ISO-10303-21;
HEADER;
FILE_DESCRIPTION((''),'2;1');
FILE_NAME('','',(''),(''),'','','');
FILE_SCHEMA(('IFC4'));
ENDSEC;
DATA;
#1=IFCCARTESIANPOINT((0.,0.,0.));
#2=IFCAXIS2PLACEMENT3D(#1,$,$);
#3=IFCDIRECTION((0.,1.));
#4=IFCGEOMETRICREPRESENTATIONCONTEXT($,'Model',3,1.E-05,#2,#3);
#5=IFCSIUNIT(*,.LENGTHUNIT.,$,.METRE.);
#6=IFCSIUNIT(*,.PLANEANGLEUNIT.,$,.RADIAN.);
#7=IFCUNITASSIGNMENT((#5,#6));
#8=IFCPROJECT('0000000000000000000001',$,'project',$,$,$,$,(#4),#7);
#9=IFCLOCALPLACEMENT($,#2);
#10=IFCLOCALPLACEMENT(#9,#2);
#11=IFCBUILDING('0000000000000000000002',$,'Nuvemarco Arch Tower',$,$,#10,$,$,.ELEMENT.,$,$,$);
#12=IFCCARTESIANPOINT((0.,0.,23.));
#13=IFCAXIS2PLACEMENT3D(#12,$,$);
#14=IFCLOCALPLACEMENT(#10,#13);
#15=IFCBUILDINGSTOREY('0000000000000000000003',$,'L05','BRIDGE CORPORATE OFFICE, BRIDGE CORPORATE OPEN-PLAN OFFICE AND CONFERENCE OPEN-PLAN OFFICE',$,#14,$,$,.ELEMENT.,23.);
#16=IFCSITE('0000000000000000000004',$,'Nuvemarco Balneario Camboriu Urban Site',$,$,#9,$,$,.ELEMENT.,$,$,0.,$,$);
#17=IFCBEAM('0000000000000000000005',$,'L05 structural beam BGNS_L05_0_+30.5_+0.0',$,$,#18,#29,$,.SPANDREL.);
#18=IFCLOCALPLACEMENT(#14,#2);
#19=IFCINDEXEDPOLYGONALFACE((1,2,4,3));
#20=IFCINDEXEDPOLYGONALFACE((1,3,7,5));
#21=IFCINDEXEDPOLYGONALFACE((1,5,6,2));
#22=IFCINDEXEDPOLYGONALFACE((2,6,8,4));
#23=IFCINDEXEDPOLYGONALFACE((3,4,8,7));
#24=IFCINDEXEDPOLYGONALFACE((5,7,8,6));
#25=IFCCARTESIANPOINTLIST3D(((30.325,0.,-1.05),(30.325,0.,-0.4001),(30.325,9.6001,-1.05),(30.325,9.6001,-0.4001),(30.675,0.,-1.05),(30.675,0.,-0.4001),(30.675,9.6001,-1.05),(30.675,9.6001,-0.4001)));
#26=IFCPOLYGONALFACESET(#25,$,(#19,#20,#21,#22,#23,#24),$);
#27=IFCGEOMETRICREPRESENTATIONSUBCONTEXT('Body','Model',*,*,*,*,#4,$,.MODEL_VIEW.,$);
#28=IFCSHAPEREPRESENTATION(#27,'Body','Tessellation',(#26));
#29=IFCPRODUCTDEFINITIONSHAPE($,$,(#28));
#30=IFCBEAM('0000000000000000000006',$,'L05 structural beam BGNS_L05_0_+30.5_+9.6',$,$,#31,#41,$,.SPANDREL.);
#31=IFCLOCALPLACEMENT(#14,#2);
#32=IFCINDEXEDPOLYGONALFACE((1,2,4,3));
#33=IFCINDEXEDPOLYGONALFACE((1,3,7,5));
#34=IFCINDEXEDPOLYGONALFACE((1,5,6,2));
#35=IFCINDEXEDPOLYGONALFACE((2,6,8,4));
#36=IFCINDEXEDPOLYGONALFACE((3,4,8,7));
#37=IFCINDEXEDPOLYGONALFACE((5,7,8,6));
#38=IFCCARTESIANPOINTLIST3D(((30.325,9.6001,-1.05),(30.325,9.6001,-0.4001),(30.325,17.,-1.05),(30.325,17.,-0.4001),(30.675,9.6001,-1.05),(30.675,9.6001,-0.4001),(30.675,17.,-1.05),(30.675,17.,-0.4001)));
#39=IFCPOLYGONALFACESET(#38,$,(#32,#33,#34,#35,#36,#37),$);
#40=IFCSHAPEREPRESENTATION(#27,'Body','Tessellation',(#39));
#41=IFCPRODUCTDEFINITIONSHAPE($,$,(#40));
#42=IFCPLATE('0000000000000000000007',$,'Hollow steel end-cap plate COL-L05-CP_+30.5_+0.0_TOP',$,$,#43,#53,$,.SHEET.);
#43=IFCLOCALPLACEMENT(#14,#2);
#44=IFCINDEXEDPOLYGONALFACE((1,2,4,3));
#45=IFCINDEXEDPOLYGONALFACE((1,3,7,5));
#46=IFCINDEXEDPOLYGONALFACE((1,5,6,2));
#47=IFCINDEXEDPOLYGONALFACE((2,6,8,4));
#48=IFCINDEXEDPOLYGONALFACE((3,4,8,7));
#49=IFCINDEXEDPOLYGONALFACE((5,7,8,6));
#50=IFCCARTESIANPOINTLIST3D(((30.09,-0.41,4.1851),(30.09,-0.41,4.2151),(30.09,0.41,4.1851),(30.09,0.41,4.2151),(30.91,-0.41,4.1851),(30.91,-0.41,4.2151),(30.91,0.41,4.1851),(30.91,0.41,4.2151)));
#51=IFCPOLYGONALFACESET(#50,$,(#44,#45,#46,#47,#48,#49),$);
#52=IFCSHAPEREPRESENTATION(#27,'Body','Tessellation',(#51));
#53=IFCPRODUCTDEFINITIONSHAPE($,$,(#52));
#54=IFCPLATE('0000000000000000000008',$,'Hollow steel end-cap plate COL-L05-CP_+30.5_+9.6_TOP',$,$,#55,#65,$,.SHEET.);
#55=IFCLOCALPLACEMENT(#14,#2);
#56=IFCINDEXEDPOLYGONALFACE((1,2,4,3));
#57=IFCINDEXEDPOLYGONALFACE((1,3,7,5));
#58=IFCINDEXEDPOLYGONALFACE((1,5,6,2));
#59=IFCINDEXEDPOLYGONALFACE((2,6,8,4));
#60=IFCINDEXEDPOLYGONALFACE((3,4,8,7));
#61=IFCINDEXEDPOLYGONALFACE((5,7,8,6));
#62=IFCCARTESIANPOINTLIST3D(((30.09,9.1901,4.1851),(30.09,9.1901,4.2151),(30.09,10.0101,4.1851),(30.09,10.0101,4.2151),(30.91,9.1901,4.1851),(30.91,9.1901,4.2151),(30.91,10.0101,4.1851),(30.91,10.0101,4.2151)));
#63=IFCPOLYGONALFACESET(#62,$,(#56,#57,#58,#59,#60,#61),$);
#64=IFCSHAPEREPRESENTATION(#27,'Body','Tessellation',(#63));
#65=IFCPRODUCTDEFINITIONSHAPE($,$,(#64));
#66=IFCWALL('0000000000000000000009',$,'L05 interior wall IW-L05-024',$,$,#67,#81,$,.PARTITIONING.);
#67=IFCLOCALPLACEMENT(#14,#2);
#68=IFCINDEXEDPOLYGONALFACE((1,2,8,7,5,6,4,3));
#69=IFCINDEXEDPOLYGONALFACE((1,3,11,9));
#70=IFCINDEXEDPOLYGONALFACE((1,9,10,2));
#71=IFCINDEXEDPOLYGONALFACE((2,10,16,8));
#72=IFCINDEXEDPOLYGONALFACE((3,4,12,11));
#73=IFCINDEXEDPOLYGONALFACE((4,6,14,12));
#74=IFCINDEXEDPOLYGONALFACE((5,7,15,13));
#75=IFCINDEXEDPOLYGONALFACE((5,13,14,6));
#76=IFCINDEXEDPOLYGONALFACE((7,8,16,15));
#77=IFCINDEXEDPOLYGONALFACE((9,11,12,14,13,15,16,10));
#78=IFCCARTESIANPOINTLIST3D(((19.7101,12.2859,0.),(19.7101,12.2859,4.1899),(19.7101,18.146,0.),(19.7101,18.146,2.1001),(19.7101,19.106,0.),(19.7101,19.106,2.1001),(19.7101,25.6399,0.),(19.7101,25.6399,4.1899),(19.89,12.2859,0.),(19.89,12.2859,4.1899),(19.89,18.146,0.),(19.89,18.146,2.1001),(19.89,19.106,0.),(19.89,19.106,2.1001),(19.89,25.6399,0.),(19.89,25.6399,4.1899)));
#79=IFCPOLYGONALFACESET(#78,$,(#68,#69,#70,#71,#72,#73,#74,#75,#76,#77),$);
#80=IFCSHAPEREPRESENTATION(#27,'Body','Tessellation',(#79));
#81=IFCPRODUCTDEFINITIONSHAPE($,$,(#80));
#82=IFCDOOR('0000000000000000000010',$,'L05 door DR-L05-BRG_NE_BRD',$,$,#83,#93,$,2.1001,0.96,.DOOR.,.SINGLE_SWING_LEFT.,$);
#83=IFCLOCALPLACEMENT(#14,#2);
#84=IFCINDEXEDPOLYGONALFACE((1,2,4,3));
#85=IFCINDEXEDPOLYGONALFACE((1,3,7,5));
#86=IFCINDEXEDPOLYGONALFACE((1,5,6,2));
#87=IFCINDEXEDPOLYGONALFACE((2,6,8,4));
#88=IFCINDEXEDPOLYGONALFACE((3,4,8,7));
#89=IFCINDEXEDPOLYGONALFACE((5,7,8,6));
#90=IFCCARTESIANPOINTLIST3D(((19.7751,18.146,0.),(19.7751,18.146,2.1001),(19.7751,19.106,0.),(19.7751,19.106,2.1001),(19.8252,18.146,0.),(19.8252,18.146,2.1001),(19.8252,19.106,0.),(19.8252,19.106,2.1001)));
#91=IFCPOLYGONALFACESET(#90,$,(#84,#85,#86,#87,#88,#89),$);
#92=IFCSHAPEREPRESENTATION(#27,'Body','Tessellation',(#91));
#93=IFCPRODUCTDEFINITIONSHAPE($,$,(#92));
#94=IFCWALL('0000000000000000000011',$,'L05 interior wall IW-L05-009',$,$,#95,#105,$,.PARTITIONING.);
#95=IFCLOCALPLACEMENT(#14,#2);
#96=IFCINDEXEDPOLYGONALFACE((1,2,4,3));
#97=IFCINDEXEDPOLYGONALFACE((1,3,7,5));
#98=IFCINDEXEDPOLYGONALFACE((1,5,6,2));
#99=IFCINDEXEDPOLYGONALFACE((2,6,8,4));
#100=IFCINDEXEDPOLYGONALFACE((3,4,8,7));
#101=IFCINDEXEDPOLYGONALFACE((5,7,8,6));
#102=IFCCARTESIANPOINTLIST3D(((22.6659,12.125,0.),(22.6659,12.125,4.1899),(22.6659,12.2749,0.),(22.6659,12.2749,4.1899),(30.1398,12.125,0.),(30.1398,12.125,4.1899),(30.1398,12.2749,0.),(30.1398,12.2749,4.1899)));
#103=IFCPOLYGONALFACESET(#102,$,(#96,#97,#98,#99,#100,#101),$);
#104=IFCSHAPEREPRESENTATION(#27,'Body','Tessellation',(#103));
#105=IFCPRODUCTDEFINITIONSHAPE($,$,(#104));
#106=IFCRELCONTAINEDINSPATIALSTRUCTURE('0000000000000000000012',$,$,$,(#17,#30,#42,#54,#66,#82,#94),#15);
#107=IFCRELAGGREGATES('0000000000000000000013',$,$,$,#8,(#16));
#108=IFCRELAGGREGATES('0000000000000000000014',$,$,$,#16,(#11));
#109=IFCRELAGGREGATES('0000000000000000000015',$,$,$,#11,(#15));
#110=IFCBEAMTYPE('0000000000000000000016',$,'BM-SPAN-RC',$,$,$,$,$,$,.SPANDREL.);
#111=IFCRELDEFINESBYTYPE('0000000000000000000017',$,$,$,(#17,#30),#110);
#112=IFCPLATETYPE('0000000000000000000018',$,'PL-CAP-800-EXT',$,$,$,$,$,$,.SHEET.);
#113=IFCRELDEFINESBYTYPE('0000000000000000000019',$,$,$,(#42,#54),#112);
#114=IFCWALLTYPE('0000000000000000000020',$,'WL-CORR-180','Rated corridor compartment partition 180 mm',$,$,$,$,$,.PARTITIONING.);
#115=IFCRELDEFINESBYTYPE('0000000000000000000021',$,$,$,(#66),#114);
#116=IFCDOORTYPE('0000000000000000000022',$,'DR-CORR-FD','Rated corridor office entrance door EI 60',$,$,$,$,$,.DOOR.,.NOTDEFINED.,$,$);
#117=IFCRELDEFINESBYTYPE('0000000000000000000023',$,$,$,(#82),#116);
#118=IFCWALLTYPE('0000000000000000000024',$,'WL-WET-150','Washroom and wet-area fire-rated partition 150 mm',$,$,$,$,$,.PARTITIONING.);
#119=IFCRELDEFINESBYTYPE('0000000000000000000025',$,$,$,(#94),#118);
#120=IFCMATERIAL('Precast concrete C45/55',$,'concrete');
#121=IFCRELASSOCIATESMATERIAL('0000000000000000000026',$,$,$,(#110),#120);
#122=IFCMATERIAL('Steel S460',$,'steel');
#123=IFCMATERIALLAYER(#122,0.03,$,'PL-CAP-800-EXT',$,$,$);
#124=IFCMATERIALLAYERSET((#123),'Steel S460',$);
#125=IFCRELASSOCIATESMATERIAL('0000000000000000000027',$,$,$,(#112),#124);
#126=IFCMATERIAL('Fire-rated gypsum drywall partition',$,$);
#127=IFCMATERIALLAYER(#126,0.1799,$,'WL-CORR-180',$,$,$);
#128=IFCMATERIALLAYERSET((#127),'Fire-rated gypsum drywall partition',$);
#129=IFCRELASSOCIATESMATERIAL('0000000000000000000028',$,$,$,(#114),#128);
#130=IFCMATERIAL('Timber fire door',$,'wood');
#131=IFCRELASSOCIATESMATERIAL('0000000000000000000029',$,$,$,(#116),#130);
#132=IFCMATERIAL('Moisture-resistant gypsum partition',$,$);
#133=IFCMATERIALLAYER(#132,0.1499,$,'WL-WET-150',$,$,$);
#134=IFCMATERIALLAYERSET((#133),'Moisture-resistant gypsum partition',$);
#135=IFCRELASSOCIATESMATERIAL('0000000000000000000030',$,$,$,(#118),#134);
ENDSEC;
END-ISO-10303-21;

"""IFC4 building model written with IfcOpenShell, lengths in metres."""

from ifc_helpers import new_model, si_unit, direction, frame, frame_2d, origin, origin_2d, place, context, subcontext, project, spatial, rectangle, extrude, source, transform, mapped, material, layer, layer_set, material_profile, profile_set, type_object, type_shapes, element, fill, save


model = new_model("IFC4")

# Units and contexts
model_context = context("Model", 3, precision=1e-05, world=origin(), true_north=direction((0.0, 1.0)))
body_context = subcontext(model_context, "Body", "Model", "MODEL_VIEW")
ifc_project = project(units=[si_unit("LENGTHUNIT", "METRE"), si_unit("PLANEANGLEUNIT", "RADIAN")], contexts=[model_context])

# Site, building, storey
site_placement = place(None, origin())
site = spatial("IfcSite", under=ifc_project, at=site_placement, Name="Nuvemarco Balneario Camboriu Urban Site", CompositionType="ELEMENT", RefElevation=0.0)
building_placement = place(site_placement, origin())
building = spatial("IfcBuilding", under=site, at=building_placement, Name="Nuvemarco Arch Tower", CompositionType="ELEMENT")
storey_placement = place(building_placement, frame((0.0, 0.0, 23.0)))
storey = spatial("IfcBuildingStorey", under=building, at=storey_placement, Name="L05", Description="BRIDGE CORPORATE OFFICE, BRIDGE CORPORATE OPEN-PLAN OFFICE AND CONFERENCE OPEN-PLAN OFFICE", CompositionType="ELEMENT", Elevation=23.0)

# Shared definitions
ifc_material_1 = material(Name="Steel S460", Category="steel")

# Beams
ifc_material_2 = material(Name="Precast concrete C45/55", Category="concrete")
ifc_material_profile_1 = material_profile(ifc_material_2, rectangle(XDim=0.3501, YDim=0.6499, at=origin_2d()), Name="PC-SP-350x650")
ifc_profile_set_1 = profile_set([ifc_material_profile_1], Name="Precast concrete C45/55")
beam_type_1 = type_object("IfcBeamType", Name="BM-SPAN-RC", PredefinedType="SPANDREL", material=ifc_profile_set_1)
beam_1_placement = place(storey_placement, frame((30.5, 0.0, -0.7251), z_axis=(0.0, 1.0, 0.0), x_axis=(-1.0, 0.0, 0.0)))
element("IfcBeam", 1, at=beam_1_placement, inside=storey, type_object=beam_type_1, Name="L05 structural beam BGNS_L05_0_+30.5_+0.0", PredefinedType="SPANDREL", context=body_context, shape_type="SweptSolid", body=[
    extrude(rectangle(XDim=0.3501, YDim=0.6499, at=origin_2d()), origin(), (0.0, 0.0, 1.0), 9.6001),
])
beam_2_placement = place(storey_placement, frame((30.5, 9.6001, -0.7251), z_axis=(0.0, 1.0, 0.0), x_axis=(-1.0, 0.0, 0.0)))
element("IfcBeam", 2, at=beam_2_placement, inside=storey, type_object=beam_type_1, Name="L05 structural beam BGNS_L05_0_+30.5_+9.6", PredefinedType="SPANDREL", context=body_context, shape_type="SweptSolid", body=[
    extrude(rectangle(XDim=0.3501, YDim=0.6499, at=origin_2d()), origin(), (0.0, 0.0, 1.0), 7.3999),
])

# Plates
ifc_layer_1 = layer(ifc_material_1, 0.03, Name="PL-CAP-800-EXT")
ifc_layer_set_1 = layer_set([ifc_layer_1], Name="Steel S460")
plate_type = type_object("IfcPlateType", Name="PL-CAP-800-EXT", PredefinedType="SHEET", material=ifc_layer_set_1)
shared_shape_1 = source(origin(), body_context, "Body", "SweptSolid", [
    extrude(rectangle(XDim=0.8201, YDim=0.8201, at=origin_2d()), origin(), (0.0, 0.0, 1.0), 0.03),
])
type_shapes(plate_type, [shared_shape_1])
for number, where, z_axis, x_axis, name in (
    (3, (30.5, 0.0, 4.1851), (0.0, 0.0, 1.0), (1.0, 0.0, 0.0), "Hollow steel end-cap plate COL-L05-CP_+30.5_+0.0_TOP"),
    (4, (30.5, 9.6001, 4.1851), (0.0, 0.0, 1.0), (1.0, 0.0, 0.0), "Hollow steel end-cap plate COL-L05-CP_+30.5_+9.6_TOP"),
):
    element("IfcPlate", number, at=place(storey_placement, frame(where, z_axis=z_axis, x_axis=x_axis)), inside=storey, type_object=plate_type, Name=name, PredefinedType="SHEET", context=body_context, shape_type="MappedRepresentation", body=[
        mapped(shared_shape_1, transform((0.0, 0.0, 0.0), scale=1.0)),
    ])

# Wall, opening, door
ifc_material_3 = material(Name="Fire-rated gypsum drywall partition")
ifc_layer_2 = layer(ifc_material_3, 0.1799, Name="WL-CORR-180")
ifc_layer_set_2 = layer_set([ifc_layer_2], Name="Fire-rated gypsum drywall partition")
wall_type_1 = type_object("IfcWallType", Name="WL-CORR-180", Description="Rated corridor compartment partition 180 mm", PredefinedType="PARTITIONING", material=ifc_layer_set_2)
wall_1_placement = place(storey_placement, frame((19.8, 12.2859, 0.0), z_axis=(0.0, 0.0, 1.0), x_axis=(0.0, 1.0, 0.0)))
wall_1 = element("IfcWall", 5, at=wall_1_placement, inside=storey, type_object=wall_type_1, Name="L05 interior wall IW-L05-024", PredefinedType="PARTITIONING", context=body_context, shape_type="SweptSolid", body=[
    extrude(rectangle(XDim=13.354, YDim=0.1799, at=frame_2d((6.677, 0.0))), origin(), (0.0, 0.0, 1.0), 4.1899),
])
opening_placement = place(wall_1_placement, frame((5.8601, 0.0, 0.0)))
opening = element("IfcOpeningElement", 6, at=opening_placement, cuts=wall_1, PredefinedType="OPENING", context=body_context, shape_type="SweptSolid", body=[
    extrude(rectangle(XDim=0.96, YDim=2.1001, at=frame_2d((0.48, 1.05))), frame((0.0, 0.0999, 0.0), z_axis=(0.0, -1.0, 0.0), x_axis=(1.0, 0.0, 0.0)), (0.0, 0.0, 1.0), 0.2),
])
ifc_material_4 = material(Name="Timber fire door", Category="wood")
door_type = type_object("IfcDoorType", Name="DR-CORR-FD", Description="Rated corridor office entrance door EI 60", OperationType="NOTDEFINED", PredefinedType="DOOR", material=ifc_material_4)
shared_shape_2 = source(origin(), body_context, "Body", "SweptSolid", [
    extrude(rectangle(XDim=0.96, YDim=2.1001, at=frame_2d((0.48, 1.05))), frame((0.0, 0.0249, 0.0), z_axis=(0.0, -1.0, 0.0), x_axis=(1.0, 0.0, 0.0)), (0.0, 0.0, 1.0), 0.05),
])
type_shapes(door_type, [shared_shape_2])
door_placement = place(opening_placement, origin())
door = element("IfcDoor", 7, at=door_placement, inside=storey, type_object=door_type, Name="L05 door DR-L05-BRG_NE_BRD", OperationType="SINGLE_SWING_LEFT", OverallHeight=2.1001, OverallWidth=0.96, PredefinedType="DOOR", context=body_context, shape_type="MappedRepresentation", body=[
    mapped(shared_shape_2, transform((0.0, 0.0, 0.0), scale=1.0)),
])
fill(opening, door)

# Wall
ifc_material_5 = material(Name="Moisture-resistant gypsum partition")
ifc_layer_3 = layer(ifc_material_5, 0.1499, Name="WL-WET-150")
ifc_layer_set_3 = layer_set([ifc_layer_3], Name="Moisture-resistant gypsum partition")
wall_type_2 = type_object("IfcWallType", Name="WL-WET-150", Description="Washroom and wet-area fire-rated partition 150 mm", PredefinedType="PARTITIONING", material=ifc_layer_set_3)
wall_2_placement = place(storey_placement, frame((22.666, 12.2, 0.0), z_axis=(0.0, 0.0, 1.0), x_axis=(1.0, 0.0, 0.0)))
element("IfcWall", 8, at=wall_2_placement, inside=storey, type_object=wall_type_2, Name="L05 interior wall IW-L05-009", PredefinedType="PARTITIONING", context=body_context, shape_type="SweptSolid", body=[
    extrude(rectangle(XDim=7.4739, YDim=0.1499, at=frame_2d((3.7368, 0.0))), origin(), (0.0, 0.0, 1.0), 4.1899),
])

save(model, "model.ifc")
